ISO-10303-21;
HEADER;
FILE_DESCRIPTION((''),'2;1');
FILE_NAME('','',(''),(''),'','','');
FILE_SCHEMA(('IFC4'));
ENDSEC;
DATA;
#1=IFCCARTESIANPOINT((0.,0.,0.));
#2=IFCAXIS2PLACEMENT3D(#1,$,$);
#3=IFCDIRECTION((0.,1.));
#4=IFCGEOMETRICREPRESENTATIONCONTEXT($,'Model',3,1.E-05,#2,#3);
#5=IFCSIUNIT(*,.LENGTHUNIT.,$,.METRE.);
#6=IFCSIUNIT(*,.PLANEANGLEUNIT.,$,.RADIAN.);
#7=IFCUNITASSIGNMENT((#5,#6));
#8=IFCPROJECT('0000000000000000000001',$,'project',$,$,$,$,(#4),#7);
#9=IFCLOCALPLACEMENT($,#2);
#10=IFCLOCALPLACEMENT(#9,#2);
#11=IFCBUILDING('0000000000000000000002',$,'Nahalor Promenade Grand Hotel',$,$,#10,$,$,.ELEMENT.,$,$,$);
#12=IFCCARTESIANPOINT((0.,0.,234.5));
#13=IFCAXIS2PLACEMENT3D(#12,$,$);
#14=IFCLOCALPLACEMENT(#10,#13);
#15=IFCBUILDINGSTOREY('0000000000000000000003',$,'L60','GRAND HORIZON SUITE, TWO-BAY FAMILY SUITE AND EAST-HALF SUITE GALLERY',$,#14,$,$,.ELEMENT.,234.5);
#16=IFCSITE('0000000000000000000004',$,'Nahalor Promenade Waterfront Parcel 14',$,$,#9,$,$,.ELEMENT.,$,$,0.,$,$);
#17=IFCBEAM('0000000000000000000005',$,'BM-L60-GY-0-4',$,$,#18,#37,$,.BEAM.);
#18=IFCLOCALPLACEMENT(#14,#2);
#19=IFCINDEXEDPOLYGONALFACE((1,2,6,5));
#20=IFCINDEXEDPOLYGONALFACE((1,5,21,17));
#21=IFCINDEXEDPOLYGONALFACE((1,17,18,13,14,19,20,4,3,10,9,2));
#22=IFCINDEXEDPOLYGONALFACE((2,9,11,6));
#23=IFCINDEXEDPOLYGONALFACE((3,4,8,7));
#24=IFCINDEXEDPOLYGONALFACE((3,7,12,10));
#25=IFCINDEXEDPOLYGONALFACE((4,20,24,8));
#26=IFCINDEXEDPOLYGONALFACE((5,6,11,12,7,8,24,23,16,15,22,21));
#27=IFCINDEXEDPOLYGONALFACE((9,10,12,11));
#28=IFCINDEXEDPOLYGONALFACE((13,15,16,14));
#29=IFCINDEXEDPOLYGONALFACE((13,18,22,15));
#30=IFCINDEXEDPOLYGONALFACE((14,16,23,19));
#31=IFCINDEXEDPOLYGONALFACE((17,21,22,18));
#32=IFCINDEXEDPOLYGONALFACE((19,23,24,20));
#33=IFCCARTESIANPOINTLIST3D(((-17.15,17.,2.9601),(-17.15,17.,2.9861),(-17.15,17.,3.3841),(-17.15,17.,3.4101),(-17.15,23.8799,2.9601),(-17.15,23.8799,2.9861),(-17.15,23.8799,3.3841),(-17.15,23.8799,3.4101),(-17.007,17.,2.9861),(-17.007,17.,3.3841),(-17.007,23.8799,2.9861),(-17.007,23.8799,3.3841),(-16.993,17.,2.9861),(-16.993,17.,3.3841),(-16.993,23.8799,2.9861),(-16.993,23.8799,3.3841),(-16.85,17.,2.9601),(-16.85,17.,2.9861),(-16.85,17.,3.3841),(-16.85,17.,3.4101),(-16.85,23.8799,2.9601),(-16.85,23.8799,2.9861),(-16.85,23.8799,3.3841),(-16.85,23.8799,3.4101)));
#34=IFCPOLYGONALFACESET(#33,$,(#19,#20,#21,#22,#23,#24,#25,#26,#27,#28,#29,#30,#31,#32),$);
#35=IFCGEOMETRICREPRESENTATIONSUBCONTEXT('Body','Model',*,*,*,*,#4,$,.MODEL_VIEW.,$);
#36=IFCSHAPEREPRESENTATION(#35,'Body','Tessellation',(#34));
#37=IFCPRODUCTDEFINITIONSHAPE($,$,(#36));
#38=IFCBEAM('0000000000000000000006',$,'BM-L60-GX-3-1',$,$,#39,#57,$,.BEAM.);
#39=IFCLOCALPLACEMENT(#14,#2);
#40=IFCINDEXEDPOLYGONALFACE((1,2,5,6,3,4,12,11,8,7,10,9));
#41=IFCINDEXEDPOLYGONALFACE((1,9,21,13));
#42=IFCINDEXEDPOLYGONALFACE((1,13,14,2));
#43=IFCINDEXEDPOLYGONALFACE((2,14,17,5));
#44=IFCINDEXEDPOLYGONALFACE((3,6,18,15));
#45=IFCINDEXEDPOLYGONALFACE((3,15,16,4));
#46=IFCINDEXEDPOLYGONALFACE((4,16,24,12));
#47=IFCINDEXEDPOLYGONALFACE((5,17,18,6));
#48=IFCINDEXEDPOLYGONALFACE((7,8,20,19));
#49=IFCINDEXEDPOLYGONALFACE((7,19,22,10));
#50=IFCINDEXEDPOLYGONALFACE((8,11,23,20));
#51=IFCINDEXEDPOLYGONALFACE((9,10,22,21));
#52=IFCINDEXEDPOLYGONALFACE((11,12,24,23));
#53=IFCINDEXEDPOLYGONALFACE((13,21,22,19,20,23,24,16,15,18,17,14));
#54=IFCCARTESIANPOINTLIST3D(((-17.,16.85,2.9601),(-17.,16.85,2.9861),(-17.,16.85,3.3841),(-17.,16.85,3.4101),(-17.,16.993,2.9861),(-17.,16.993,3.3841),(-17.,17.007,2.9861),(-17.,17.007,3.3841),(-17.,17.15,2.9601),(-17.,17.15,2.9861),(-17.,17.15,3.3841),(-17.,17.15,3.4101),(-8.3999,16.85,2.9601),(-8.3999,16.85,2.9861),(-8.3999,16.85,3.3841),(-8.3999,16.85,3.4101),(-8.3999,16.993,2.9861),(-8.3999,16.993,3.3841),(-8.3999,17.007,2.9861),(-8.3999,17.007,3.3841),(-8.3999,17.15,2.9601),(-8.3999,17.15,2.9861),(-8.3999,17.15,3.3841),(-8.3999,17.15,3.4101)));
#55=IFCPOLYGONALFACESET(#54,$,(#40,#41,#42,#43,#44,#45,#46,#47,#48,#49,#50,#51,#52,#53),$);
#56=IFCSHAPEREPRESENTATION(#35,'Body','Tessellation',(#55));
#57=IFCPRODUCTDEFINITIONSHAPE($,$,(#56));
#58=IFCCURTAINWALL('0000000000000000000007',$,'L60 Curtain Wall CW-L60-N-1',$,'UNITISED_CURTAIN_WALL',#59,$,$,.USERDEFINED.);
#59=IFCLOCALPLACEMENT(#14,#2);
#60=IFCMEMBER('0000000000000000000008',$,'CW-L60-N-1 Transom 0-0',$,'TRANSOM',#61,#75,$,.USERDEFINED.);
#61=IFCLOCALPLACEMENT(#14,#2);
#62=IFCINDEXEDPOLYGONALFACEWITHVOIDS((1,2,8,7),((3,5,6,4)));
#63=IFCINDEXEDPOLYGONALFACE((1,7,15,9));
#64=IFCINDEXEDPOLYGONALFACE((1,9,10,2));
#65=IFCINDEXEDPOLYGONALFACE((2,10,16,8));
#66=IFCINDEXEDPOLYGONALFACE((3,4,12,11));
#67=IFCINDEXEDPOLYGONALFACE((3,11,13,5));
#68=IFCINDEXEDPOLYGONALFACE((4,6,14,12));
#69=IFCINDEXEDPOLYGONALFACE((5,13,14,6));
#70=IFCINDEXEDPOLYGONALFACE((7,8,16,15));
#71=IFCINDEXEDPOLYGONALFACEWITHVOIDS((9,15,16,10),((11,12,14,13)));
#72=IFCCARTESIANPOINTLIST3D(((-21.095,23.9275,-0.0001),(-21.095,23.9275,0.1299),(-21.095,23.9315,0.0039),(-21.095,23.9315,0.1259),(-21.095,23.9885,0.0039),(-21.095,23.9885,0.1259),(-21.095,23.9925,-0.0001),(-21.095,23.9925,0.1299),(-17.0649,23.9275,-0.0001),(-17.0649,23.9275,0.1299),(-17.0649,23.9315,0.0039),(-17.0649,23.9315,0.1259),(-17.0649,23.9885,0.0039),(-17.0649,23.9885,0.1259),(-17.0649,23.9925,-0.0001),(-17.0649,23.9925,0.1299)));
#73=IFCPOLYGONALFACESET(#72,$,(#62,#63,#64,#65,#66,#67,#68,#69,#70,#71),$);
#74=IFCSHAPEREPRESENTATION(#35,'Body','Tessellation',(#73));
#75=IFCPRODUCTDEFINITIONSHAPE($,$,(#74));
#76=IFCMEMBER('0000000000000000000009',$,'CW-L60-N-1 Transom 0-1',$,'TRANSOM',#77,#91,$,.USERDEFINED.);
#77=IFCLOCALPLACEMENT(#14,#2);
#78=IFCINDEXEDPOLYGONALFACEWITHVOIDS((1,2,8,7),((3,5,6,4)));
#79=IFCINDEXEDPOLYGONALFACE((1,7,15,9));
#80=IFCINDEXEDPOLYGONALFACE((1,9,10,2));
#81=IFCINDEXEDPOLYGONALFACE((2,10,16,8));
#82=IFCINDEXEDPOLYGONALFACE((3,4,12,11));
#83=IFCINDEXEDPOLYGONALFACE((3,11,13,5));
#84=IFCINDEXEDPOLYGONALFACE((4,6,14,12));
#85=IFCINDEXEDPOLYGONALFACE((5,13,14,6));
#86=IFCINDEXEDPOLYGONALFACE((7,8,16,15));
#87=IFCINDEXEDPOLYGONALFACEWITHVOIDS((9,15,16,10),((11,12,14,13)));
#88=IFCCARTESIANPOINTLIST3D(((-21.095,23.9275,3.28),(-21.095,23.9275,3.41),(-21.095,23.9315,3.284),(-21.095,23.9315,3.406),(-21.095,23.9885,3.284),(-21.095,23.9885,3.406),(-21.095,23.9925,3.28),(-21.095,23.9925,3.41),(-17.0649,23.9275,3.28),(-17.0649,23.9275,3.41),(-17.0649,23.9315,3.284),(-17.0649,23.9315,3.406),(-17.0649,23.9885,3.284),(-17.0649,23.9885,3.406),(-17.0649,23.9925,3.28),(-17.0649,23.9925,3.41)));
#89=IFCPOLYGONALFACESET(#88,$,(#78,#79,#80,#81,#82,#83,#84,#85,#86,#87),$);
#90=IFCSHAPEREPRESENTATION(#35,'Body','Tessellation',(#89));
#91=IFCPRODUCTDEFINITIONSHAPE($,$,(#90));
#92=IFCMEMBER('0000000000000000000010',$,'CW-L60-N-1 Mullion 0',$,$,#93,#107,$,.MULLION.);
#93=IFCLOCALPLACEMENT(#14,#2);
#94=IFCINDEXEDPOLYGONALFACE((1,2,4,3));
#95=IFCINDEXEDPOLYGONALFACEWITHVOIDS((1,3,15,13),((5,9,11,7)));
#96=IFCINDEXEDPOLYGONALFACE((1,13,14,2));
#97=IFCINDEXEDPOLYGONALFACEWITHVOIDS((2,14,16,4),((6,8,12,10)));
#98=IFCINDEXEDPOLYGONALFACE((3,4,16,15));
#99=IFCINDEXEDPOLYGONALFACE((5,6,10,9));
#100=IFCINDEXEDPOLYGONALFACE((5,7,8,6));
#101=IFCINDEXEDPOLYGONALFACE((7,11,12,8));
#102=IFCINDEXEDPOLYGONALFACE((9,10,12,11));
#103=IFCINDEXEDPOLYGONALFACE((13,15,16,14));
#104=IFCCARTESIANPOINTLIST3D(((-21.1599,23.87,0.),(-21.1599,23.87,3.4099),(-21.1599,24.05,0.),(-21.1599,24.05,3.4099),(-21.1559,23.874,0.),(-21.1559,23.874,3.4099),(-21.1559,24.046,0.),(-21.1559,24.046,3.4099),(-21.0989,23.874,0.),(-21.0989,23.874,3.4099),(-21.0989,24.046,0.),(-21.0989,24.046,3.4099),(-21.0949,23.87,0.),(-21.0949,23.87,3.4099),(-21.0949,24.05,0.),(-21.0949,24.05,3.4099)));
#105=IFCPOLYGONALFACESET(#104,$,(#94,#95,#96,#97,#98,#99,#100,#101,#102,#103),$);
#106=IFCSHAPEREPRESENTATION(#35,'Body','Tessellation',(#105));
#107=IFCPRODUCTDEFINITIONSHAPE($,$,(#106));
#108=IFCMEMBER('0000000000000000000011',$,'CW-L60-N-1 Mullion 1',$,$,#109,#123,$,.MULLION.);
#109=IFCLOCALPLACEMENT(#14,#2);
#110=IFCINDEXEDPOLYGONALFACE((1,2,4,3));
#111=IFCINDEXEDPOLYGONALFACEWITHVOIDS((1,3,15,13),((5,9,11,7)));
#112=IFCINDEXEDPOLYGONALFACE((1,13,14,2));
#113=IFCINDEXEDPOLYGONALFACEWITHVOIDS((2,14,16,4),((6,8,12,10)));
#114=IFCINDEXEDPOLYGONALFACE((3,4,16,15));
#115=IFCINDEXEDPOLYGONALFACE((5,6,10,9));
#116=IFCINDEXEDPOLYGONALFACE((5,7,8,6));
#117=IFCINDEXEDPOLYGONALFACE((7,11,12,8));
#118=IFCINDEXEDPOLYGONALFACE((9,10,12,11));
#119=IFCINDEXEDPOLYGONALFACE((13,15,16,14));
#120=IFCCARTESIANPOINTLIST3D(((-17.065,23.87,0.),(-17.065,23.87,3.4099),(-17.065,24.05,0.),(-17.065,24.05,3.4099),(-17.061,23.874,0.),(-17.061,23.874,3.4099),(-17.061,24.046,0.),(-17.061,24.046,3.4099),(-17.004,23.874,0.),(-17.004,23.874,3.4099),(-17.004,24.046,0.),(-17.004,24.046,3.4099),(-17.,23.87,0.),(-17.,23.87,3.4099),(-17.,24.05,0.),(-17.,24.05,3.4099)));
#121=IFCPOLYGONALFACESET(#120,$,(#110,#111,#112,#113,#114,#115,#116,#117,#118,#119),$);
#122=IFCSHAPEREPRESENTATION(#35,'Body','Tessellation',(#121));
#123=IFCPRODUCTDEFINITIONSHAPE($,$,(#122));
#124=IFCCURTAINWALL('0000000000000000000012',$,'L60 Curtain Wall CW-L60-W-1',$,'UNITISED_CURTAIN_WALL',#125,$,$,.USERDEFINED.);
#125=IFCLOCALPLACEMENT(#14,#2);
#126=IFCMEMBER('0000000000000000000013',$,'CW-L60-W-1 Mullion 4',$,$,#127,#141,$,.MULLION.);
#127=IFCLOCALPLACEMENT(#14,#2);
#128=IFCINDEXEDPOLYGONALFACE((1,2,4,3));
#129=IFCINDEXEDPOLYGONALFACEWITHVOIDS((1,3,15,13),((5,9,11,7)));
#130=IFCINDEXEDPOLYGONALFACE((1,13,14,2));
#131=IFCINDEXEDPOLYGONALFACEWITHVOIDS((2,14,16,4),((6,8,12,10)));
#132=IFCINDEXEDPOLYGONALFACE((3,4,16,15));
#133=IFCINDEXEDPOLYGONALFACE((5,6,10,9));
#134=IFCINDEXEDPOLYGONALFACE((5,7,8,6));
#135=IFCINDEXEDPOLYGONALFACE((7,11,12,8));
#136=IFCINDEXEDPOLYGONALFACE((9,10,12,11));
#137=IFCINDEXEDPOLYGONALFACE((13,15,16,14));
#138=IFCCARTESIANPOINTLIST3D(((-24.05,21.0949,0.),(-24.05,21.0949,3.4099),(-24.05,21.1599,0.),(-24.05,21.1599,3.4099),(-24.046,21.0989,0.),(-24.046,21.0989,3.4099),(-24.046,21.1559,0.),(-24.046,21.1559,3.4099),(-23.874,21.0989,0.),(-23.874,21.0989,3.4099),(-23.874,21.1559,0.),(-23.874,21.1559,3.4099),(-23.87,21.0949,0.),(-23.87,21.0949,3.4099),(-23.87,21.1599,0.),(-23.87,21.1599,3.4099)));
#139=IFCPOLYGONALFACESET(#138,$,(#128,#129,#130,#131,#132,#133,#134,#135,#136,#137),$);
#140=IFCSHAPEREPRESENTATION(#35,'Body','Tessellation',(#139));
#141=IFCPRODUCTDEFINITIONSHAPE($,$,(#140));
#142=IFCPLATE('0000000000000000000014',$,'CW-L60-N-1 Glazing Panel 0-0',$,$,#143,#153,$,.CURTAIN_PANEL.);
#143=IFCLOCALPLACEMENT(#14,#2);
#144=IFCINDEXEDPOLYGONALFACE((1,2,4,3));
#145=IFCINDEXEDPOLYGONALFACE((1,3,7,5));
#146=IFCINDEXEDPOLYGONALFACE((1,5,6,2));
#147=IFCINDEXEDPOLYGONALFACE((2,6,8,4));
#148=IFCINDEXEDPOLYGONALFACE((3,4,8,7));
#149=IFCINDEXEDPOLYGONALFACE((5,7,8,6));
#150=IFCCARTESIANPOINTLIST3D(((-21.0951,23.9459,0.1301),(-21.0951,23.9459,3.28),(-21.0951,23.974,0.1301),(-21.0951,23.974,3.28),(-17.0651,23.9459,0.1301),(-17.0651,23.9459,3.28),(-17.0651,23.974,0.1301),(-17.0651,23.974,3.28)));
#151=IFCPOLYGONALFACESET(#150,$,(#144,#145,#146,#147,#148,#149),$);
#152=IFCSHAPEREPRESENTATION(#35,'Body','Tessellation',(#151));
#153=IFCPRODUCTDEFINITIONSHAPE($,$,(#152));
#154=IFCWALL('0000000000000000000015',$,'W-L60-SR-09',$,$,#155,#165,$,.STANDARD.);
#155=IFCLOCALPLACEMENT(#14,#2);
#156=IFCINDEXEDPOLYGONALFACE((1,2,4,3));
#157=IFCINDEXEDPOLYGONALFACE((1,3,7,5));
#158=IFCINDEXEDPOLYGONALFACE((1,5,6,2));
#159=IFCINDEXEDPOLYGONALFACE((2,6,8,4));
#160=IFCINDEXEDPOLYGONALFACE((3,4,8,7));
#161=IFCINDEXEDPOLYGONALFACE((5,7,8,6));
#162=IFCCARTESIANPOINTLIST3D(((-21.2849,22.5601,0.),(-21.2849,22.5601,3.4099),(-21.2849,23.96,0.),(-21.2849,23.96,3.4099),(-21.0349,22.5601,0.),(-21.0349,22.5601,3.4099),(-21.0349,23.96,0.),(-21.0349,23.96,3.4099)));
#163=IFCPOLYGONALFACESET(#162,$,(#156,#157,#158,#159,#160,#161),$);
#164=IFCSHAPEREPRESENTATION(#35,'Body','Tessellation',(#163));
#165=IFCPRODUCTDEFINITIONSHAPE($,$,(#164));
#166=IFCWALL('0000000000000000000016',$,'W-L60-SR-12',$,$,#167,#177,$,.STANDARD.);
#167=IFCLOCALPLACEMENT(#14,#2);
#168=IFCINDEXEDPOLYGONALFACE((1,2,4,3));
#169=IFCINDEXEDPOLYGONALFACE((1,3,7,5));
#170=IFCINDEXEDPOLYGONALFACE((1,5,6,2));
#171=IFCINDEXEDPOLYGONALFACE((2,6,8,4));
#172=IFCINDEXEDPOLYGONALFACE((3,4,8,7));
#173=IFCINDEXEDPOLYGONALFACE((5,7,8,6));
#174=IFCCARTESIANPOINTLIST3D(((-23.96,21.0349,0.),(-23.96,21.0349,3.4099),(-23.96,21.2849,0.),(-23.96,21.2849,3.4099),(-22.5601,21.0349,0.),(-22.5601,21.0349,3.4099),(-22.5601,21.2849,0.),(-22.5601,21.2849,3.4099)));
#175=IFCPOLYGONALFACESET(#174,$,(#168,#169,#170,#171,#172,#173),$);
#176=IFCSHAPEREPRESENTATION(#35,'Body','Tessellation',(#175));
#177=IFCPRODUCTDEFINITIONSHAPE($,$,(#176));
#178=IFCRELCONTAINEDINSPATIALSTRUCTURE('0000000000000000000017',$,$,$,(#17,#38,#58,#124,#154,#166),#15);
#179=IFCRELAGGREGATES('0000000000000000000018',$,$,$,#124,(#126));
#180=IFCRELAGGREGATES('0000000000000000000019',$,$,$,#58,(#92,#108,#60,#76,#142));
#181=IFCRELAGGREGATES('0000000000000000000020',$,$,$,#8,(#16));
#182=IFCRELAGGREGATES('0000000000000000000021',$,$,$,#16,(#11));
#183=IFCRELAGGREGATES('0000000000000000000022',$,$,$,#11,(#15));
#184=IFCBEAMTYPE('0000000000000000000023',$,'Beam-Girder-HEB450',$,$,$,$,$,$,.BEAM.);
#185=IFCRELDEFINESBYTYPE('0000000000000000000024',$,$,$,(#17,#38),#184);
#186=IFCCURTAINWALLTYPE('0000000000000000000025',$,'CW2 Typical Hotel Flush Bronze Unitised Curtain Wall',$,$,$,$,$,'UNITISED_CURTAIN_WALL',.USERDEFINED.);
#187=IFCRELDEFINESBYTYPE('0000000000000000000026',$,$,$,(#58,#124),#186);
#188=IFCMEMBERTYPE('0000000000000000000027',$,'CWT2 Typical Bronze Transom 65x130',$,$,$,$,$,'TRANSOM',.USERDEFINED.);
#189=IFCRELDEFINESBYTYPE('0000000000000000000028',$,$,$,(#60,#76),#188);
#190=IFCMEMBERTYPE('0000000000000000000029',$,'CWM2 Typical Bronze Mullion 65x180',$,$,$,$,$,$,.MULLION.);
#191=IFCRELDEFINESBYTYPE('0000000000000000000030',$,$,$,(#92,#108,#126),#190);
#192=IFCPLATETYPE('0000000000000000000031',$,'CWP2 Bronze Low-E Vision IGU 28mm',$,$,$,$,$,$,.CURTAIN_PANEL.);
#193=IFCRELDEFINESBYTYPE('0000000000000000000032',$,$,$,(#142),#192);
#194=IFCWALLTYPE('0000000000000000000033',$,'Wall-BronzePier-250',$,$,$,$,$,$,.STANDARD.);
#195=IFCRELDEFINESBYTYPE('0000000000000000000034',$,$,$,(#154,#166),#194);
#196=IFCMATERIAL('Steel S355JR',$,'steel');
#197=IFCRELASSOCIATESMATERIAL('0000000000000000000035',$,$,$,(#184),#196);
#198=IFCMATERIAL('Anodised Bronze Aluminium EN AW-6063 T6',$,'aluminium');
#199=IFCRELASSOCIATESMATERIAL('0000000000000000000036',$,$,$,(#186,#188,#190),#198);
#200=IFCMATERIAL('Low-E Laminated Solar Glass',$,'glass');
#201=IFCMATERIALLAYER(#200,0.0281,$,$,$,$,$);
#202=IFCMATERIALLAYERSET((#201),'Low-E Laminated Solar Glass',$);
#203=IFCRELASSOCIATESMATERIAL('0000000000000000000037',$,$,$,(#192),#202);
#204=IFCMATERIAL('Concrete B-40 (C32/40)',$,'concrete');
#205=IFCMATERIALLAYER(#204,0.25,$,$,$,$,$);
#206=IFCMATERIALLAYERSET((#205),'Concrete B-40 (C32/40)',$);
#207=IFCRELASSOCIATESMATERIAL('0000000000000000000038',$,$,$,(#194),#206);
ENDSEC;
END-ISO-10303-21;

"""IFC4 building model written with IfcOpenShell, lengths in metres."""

from ifc_helpers import new_model, si_unit, direction, frame, frame_2d, origin, origin_2d, place, context, subcontext, project, spatial, rectangle, hollow_rectangle, i_section, extrude, source, transform, mapped, material, layer, layer_set, material_profile, profile_set, type_object, element, aggregate, save


model = new_model("IFC4")

# Units and contexts
model_context = context("Model", 3, precision=1e-05, world=origin(), true_north=direction((0.0, 1.0)))
body_context = subcontext(model_context, "Body", "Model", "MODEL_VIEW")
ifc_project = project(units=[si_unit("LENGTHUNIT", "METRE"), si_unit("PLANEANGLEUNIT", "RADIAN")], contexts=[model_context])

# Site, building, storey
site_placement = place(None, origin())
site = spatial("IfcSite", under=ifc_project, at=site_placement, Name="Nahalor Promenade Waterfront Parcel 14", CompositionType="ELEMENT", RefElevation=0.0)
building_placement = place(site_placement, origin())
building = spatial("IfcBuilding", under=site, at=building_placement, Name="Nahalor Promenade Grand Hotel", CompositionType="ELEMENT")
storey_placement = place(building_placement, frame((0.0, 0.0, 234.5)))
storey = spatial("IfcBuildingStorey", under=building, at=storey_placement, Name="L60", Description="GRAND HORIZON SUITE, TWO-BAY FAMILY SUITE AND EAST-HALF SUITE GALLERY", CompositionType="ELEMENT", Elevation=234.5)

# Shared definitions
ifc_material_1 = material(Name="Steel S355JR", Category="steel")

# Beams
ifc_material_profile_1 = material_profile(ifc_material_1, i_section(OverallWidth=0.3, OverallDepth=0.45, WebThickness=0.014, FlangeThickness=0.026, at=origin_2d()), Name="HEB 450")
ifc_profile_set_1 = profile_set([ifc_material_profile_1], Name="Steel S355JR")
beam_type_1 = type_object("IfcBeamType", Name="Beam-Girder-HEB450", PredefinedType="BEAM", material=ifc_profile_set_1)
shared_shape_1 = source(origin(), body_context, "Body", "SweptSolid", [
    extrude(i_section(OverallWidth=0.3, OverallDepth=0.45, WebThickness=0.014, FlangeThickness=0.026, at=origin_2d()), origin(), (0.0, 0.0, 1.0), 6.8799),
])
beam_1_placement = place(storey_placement, frame((-17.0, 17.0, 3.1851), z_axis=(0.0, 1.0, 0.0), x_axis=(-1.0, 0.0, 0.0)))
element("IfcBeam", 1, at=beam_1_placement, inside=storey, type_object=beam_type_1, Name="BM-L60-GY-0-4", PredefinedType="BEAM", context=body_context, shape_type="MappedRepresentation", body=[
    mapped(shared_shape_1, transform((0.0, 0.0, 0.0), scale=1.0)),
])
shared_shape_2 = source(origin(), body_context, "Body", "SweptSolid", [
    extrude(i_section(OverallWidth=0.3, OverallDepth=0.45, WebThickness=0.014, FlangeThickness=0.026, at=origin_2d()), origin(), (0.0, 0.0, 1.0), 8.6001),
])
beam_2_placement = place(storey_placement, frame((-17.0, 17.0, 3.1851), z_axis=(1.0, 0.0, 0.0), x_axis=(0.0, 1.0, 0.0)))
element("IfcBeam", 2, at=beam_2_placement, inside=storey, type_object=beam_type_1, Name="BM-L60-GX-3-1", PredefinedType="BEAM", context=body_context, shape_type="MappedRepresentation", body=[
    mapped(shared_shape_2, transform((0.0, 0.0, 0.0), scale=1.0)),
])

# Curtain wall, members
ifc_material_2 = material(Name="Anodised Bronze Aluminium EN AW-6063 T6", Category="aluminium")
curtain_wall_type = type_object("IfcCurtainWallType", Name="CW2 Typical Hotel Flush Bronze Unitised Curtain Wall", ElementType="UNITISED_CURTAIN_WALL", PredefinedType="USERDEFINED", material=ifc_material_2)
curtain_wall_1_placement = place(storey_placement, origin())
curtain_wall_1 = element("IfcCurtainWall", 3, at=curtain_wall_1_placement, inside=storey, type_object=curtain_wall_type, Name="L60 Curtain Wall CW-L60-N-1", ObjectType="UNITISED_CURTAIN_WALL", PredefinedType="USERDEFINED")
ifc_material_profile_2 = material_profile(ifc_material_2, hollow_rectangle(XDim=0.065, YDim=0.13, WallThickness=0.004, at=origin_2d()), Name="CWT 65x130x4")
ifc_profile_set_2 = profile_set([ifc_material_profile_2], Name="Anodised Bronze Aluminium EN AW-6063 T6")
member_type_1 = type_object("IfcMemberType", Name="CWT2 Typical Bronze Transom 65x130", ElementType="TRANSOM", PredefinedType="USERDEFINED", material=ifc_profile_set_2)
shared_shape_3 = source(origin(), body_context, "Body", "SweptSolid", [
    extrude(hollow_rectangle(XDim=0.065, YDim=0.13, WallThickness=0.004, at=origin_2d()), origin(), (0.0, 0.0, 1.0), 4.03),
])
member_1_placement = place(storey_placement, frame((-21.095, 23.96, 0.0649), z_axis=(1.0, 0.0, 0.0), x_axis=(0.0, 1.0, 0.0)))
member_1 = element("IfcMember", 4, at=member_1_placement, type_object=member_type_1, Name="CW-L60-N-1 Transom 0-0", ObjectType="TRANSOM", PredefinedType="USERDEFINED", context=body_context, shape_type="MappedRepresentation", body=[
    mapped(shared_shape_3, transform((0.0, 0.0, 0.0), scale=1.0)),
])
member_2_placement = place(storey_placement, frame((-21.095, 23.96, 3.345), z_axis=(1.0, 0.0, 0.0), x_axis=(0.0, 1.0, 0.0)))
member_2 = element("IfcMember", 5, at=member_2_placement, type_object=member_type_1, Name="CW-L60-N-1 Transom 0-1", ObjectType="TRANSOM", PredefinedType="USERDEFINED", context=body_context, shape_type="MappedRepresentation", body=[
    mapped(shared_shape_3, transform((0.0, 0.0, 0.0), scale=1.0)),
])
ifc_material_profile_3 = material_profile(ifc_material_2, hollow_rectangle(XDim=0.065, YDim=0.18, WallThickness=0.004, at=origin_2d()), Name="CWM 65x180x4")
ifc_profile_set_3 = profile_set([ifc_material_profile_3], Name="Anodised Bronze Aluminium EN AW-6063 T6")
member_type_2 = type_object("IfcMemberType", Name="CWM2 Typical Bronze Mullion 65x180", PredefinedType="MULLION", material=ifc_profile_set_3)
shared_shape_4 = source(origin(), body_context, "Body", "SweptSolid", [
    extrude(hollow_rectangle(XDim=0.065, YDim=0.18, WallThickness=0.004, at=origin_2d()), origin(), (0.0, 0.0, 1.0), 3.4099),
])
member_3_placement = place(storey_placement, frame((-21.1274, 23.96, 0.0), z_axis=(0.0, 0.0, 1.0), x_axis=(1.0, 0.0, 0.0)))
member_3 = element("IfcMember", 6, at=member_3_placement, type_object=member_type_2, Name="CW-L60-N-1 Mullion 0", PredefinedType="MULLION", context=body_context, shape_type="MappedRepresentation", body=[
    mapped(shared_shape_4, transform((0.0, 0.0, 0.0), scale=1.0)),
])
member_4_placement = place(storey_placement, frame((-17.0325, 23.96, 0.0), z_axis=(0.0, 0.0, 1.0), x_axis=(1.0, 0.0, 0.0)))
member_4 = element("IfcMember", 7, at=member_4_placement, type_object=member_type_2, Name="CW-L60-N-1 Mullion 1", PredefinedType="MULLION", context=body_context, shape_type="MappedRepresentation", body=[
    mapped(shared_shape_4, transform((0.0, 0.0, 0.0), scale=1.0)),
])

# Curtain wall, member
curtain_wall_2_placement = place(storey_placement, origin())
curtain_wall_2 = element("IfcCurtainWall", 8, at=curtain_wall_2_placement, inside=storey, type_object=curtain_wall_type, Name="L60 Curtain Wall CW-L60-W-1", ObjectType="UNITISED_CURTAIN_WALL", PredefinedType="USERDEFINED")
member_5_placement = place(storey_placement, frame((-23.96, 21.1274, 0.0), z_axis=(0.0, 0.0, 1.0), x_axis=(0.0, 1.0, 0.0)))
member_5 = element("IfcMember", 9, at=member_5_placement, type_object=member_type_2, Name="CW-L60-W-1 Mullion 4", PredefinedType="MULLION", context=body_context, shape_type="MappedRepresentation", body=[
    mapped(shared_shape_4, transform((0.0, 0.0, 0.0), scale=1.0)),
])
aggregate(curtain_wall_2, [member_5])

# Plate
ifc_material_3 = material(Name="Low-E Laminated Solar Glass", Category="glass")
ifc_layer_1 = layer(ifc_material_3, 0.0281)
ifc_layer_set_1 = layer_set([ifc_layer_1], Name="Low-E Laminated Solar Glass")
plate_type = type_object("IfcPlateType", Name="CWP2 Bronze Low-E Vision IGU 28mm", PredefinedType="CURTAIN_PANEL", material=ifc_layer_set_1)
shared_shape_5 = source(origin(), body_context, "Body", "SweptSolid", [
    extrude(rectangle(XDim=4.03, YDim=0.0281, at=origin_2d()), origin(), (0.0, 0.0, 1.0), 3.1499),
])
plate_placement = place(storey_placement, frame((-19.0801, 23.96, 0.1301), z_axis=(0.0, 0.0, 1.0), x_axis=(1.0, 0.0, 0.0)))
plate = element("IfcPlate", 10, at=plate_placement, type_object=plate_type, Name="CW-L60-N-1 Glazing Panel 0-0", PredefinedType="CURTAIN_PANEL", context=body_context, shape_type="MappedRepresentation", body=[
    mapped(shared_shape_5, transform((0.0, 0.0, 0.0), scale=1.0)),
])
aggregate(curtain_wall_1, [member_3, member_4, member_1, member_2, plate])

# Walls
ifc_material_4 = material(Name="Concrete B-40 (C32/40)", Category="concrete")
ifc_layer_2 = layer(ifc_material_4, 0.25)
ifc_layer_set_2 = layer_set([ifc_layer_2], Name="Concrete B-40 (C32/40)")
wall_type_1 = type_object("IfcWallType", Name="Wall-BronzePier-250", PredefinedType="STANDARD", material=ifc_layer_set_2)
shared_shape_6 = source(origin(), body_context, "Body", "SweptSolid", [
    extrude(rectangle(XDim=1.3999, YDim=0.25, at=frame_2d((0.7, 0.0))), origin(), (0.0, 0.0, 1.0), 3.4099),
])
for number, where, z_axis, x_axis, name in (
    (11, (-21.1599, 22.5601, 0.0), (0.0, 0.0, 1.0), (0.0, 1.0, 0.0), "W-L60-SR-09"),
    (12, (-23.96, 21.1599, 0.0), (0.0, 0.0, 1.0), (1.0, 0.0, 0.0), "W-L60-SR-12"),
):
    element("IfcWall", number, at=place(storey_placement, frame(where, z_axis=z_axis, x_axis=x_axis)), inside=storey, type_object=wall_type_1, Name=name, PredefinedType="STANDARD", context=body_context, shape_type="MappedRepresentation", body=[
        mapped(shared_shape_6, transform((0.0, 0.0, 0.0), scale=1.0)),
    ])

save(model, "model.ifc")
